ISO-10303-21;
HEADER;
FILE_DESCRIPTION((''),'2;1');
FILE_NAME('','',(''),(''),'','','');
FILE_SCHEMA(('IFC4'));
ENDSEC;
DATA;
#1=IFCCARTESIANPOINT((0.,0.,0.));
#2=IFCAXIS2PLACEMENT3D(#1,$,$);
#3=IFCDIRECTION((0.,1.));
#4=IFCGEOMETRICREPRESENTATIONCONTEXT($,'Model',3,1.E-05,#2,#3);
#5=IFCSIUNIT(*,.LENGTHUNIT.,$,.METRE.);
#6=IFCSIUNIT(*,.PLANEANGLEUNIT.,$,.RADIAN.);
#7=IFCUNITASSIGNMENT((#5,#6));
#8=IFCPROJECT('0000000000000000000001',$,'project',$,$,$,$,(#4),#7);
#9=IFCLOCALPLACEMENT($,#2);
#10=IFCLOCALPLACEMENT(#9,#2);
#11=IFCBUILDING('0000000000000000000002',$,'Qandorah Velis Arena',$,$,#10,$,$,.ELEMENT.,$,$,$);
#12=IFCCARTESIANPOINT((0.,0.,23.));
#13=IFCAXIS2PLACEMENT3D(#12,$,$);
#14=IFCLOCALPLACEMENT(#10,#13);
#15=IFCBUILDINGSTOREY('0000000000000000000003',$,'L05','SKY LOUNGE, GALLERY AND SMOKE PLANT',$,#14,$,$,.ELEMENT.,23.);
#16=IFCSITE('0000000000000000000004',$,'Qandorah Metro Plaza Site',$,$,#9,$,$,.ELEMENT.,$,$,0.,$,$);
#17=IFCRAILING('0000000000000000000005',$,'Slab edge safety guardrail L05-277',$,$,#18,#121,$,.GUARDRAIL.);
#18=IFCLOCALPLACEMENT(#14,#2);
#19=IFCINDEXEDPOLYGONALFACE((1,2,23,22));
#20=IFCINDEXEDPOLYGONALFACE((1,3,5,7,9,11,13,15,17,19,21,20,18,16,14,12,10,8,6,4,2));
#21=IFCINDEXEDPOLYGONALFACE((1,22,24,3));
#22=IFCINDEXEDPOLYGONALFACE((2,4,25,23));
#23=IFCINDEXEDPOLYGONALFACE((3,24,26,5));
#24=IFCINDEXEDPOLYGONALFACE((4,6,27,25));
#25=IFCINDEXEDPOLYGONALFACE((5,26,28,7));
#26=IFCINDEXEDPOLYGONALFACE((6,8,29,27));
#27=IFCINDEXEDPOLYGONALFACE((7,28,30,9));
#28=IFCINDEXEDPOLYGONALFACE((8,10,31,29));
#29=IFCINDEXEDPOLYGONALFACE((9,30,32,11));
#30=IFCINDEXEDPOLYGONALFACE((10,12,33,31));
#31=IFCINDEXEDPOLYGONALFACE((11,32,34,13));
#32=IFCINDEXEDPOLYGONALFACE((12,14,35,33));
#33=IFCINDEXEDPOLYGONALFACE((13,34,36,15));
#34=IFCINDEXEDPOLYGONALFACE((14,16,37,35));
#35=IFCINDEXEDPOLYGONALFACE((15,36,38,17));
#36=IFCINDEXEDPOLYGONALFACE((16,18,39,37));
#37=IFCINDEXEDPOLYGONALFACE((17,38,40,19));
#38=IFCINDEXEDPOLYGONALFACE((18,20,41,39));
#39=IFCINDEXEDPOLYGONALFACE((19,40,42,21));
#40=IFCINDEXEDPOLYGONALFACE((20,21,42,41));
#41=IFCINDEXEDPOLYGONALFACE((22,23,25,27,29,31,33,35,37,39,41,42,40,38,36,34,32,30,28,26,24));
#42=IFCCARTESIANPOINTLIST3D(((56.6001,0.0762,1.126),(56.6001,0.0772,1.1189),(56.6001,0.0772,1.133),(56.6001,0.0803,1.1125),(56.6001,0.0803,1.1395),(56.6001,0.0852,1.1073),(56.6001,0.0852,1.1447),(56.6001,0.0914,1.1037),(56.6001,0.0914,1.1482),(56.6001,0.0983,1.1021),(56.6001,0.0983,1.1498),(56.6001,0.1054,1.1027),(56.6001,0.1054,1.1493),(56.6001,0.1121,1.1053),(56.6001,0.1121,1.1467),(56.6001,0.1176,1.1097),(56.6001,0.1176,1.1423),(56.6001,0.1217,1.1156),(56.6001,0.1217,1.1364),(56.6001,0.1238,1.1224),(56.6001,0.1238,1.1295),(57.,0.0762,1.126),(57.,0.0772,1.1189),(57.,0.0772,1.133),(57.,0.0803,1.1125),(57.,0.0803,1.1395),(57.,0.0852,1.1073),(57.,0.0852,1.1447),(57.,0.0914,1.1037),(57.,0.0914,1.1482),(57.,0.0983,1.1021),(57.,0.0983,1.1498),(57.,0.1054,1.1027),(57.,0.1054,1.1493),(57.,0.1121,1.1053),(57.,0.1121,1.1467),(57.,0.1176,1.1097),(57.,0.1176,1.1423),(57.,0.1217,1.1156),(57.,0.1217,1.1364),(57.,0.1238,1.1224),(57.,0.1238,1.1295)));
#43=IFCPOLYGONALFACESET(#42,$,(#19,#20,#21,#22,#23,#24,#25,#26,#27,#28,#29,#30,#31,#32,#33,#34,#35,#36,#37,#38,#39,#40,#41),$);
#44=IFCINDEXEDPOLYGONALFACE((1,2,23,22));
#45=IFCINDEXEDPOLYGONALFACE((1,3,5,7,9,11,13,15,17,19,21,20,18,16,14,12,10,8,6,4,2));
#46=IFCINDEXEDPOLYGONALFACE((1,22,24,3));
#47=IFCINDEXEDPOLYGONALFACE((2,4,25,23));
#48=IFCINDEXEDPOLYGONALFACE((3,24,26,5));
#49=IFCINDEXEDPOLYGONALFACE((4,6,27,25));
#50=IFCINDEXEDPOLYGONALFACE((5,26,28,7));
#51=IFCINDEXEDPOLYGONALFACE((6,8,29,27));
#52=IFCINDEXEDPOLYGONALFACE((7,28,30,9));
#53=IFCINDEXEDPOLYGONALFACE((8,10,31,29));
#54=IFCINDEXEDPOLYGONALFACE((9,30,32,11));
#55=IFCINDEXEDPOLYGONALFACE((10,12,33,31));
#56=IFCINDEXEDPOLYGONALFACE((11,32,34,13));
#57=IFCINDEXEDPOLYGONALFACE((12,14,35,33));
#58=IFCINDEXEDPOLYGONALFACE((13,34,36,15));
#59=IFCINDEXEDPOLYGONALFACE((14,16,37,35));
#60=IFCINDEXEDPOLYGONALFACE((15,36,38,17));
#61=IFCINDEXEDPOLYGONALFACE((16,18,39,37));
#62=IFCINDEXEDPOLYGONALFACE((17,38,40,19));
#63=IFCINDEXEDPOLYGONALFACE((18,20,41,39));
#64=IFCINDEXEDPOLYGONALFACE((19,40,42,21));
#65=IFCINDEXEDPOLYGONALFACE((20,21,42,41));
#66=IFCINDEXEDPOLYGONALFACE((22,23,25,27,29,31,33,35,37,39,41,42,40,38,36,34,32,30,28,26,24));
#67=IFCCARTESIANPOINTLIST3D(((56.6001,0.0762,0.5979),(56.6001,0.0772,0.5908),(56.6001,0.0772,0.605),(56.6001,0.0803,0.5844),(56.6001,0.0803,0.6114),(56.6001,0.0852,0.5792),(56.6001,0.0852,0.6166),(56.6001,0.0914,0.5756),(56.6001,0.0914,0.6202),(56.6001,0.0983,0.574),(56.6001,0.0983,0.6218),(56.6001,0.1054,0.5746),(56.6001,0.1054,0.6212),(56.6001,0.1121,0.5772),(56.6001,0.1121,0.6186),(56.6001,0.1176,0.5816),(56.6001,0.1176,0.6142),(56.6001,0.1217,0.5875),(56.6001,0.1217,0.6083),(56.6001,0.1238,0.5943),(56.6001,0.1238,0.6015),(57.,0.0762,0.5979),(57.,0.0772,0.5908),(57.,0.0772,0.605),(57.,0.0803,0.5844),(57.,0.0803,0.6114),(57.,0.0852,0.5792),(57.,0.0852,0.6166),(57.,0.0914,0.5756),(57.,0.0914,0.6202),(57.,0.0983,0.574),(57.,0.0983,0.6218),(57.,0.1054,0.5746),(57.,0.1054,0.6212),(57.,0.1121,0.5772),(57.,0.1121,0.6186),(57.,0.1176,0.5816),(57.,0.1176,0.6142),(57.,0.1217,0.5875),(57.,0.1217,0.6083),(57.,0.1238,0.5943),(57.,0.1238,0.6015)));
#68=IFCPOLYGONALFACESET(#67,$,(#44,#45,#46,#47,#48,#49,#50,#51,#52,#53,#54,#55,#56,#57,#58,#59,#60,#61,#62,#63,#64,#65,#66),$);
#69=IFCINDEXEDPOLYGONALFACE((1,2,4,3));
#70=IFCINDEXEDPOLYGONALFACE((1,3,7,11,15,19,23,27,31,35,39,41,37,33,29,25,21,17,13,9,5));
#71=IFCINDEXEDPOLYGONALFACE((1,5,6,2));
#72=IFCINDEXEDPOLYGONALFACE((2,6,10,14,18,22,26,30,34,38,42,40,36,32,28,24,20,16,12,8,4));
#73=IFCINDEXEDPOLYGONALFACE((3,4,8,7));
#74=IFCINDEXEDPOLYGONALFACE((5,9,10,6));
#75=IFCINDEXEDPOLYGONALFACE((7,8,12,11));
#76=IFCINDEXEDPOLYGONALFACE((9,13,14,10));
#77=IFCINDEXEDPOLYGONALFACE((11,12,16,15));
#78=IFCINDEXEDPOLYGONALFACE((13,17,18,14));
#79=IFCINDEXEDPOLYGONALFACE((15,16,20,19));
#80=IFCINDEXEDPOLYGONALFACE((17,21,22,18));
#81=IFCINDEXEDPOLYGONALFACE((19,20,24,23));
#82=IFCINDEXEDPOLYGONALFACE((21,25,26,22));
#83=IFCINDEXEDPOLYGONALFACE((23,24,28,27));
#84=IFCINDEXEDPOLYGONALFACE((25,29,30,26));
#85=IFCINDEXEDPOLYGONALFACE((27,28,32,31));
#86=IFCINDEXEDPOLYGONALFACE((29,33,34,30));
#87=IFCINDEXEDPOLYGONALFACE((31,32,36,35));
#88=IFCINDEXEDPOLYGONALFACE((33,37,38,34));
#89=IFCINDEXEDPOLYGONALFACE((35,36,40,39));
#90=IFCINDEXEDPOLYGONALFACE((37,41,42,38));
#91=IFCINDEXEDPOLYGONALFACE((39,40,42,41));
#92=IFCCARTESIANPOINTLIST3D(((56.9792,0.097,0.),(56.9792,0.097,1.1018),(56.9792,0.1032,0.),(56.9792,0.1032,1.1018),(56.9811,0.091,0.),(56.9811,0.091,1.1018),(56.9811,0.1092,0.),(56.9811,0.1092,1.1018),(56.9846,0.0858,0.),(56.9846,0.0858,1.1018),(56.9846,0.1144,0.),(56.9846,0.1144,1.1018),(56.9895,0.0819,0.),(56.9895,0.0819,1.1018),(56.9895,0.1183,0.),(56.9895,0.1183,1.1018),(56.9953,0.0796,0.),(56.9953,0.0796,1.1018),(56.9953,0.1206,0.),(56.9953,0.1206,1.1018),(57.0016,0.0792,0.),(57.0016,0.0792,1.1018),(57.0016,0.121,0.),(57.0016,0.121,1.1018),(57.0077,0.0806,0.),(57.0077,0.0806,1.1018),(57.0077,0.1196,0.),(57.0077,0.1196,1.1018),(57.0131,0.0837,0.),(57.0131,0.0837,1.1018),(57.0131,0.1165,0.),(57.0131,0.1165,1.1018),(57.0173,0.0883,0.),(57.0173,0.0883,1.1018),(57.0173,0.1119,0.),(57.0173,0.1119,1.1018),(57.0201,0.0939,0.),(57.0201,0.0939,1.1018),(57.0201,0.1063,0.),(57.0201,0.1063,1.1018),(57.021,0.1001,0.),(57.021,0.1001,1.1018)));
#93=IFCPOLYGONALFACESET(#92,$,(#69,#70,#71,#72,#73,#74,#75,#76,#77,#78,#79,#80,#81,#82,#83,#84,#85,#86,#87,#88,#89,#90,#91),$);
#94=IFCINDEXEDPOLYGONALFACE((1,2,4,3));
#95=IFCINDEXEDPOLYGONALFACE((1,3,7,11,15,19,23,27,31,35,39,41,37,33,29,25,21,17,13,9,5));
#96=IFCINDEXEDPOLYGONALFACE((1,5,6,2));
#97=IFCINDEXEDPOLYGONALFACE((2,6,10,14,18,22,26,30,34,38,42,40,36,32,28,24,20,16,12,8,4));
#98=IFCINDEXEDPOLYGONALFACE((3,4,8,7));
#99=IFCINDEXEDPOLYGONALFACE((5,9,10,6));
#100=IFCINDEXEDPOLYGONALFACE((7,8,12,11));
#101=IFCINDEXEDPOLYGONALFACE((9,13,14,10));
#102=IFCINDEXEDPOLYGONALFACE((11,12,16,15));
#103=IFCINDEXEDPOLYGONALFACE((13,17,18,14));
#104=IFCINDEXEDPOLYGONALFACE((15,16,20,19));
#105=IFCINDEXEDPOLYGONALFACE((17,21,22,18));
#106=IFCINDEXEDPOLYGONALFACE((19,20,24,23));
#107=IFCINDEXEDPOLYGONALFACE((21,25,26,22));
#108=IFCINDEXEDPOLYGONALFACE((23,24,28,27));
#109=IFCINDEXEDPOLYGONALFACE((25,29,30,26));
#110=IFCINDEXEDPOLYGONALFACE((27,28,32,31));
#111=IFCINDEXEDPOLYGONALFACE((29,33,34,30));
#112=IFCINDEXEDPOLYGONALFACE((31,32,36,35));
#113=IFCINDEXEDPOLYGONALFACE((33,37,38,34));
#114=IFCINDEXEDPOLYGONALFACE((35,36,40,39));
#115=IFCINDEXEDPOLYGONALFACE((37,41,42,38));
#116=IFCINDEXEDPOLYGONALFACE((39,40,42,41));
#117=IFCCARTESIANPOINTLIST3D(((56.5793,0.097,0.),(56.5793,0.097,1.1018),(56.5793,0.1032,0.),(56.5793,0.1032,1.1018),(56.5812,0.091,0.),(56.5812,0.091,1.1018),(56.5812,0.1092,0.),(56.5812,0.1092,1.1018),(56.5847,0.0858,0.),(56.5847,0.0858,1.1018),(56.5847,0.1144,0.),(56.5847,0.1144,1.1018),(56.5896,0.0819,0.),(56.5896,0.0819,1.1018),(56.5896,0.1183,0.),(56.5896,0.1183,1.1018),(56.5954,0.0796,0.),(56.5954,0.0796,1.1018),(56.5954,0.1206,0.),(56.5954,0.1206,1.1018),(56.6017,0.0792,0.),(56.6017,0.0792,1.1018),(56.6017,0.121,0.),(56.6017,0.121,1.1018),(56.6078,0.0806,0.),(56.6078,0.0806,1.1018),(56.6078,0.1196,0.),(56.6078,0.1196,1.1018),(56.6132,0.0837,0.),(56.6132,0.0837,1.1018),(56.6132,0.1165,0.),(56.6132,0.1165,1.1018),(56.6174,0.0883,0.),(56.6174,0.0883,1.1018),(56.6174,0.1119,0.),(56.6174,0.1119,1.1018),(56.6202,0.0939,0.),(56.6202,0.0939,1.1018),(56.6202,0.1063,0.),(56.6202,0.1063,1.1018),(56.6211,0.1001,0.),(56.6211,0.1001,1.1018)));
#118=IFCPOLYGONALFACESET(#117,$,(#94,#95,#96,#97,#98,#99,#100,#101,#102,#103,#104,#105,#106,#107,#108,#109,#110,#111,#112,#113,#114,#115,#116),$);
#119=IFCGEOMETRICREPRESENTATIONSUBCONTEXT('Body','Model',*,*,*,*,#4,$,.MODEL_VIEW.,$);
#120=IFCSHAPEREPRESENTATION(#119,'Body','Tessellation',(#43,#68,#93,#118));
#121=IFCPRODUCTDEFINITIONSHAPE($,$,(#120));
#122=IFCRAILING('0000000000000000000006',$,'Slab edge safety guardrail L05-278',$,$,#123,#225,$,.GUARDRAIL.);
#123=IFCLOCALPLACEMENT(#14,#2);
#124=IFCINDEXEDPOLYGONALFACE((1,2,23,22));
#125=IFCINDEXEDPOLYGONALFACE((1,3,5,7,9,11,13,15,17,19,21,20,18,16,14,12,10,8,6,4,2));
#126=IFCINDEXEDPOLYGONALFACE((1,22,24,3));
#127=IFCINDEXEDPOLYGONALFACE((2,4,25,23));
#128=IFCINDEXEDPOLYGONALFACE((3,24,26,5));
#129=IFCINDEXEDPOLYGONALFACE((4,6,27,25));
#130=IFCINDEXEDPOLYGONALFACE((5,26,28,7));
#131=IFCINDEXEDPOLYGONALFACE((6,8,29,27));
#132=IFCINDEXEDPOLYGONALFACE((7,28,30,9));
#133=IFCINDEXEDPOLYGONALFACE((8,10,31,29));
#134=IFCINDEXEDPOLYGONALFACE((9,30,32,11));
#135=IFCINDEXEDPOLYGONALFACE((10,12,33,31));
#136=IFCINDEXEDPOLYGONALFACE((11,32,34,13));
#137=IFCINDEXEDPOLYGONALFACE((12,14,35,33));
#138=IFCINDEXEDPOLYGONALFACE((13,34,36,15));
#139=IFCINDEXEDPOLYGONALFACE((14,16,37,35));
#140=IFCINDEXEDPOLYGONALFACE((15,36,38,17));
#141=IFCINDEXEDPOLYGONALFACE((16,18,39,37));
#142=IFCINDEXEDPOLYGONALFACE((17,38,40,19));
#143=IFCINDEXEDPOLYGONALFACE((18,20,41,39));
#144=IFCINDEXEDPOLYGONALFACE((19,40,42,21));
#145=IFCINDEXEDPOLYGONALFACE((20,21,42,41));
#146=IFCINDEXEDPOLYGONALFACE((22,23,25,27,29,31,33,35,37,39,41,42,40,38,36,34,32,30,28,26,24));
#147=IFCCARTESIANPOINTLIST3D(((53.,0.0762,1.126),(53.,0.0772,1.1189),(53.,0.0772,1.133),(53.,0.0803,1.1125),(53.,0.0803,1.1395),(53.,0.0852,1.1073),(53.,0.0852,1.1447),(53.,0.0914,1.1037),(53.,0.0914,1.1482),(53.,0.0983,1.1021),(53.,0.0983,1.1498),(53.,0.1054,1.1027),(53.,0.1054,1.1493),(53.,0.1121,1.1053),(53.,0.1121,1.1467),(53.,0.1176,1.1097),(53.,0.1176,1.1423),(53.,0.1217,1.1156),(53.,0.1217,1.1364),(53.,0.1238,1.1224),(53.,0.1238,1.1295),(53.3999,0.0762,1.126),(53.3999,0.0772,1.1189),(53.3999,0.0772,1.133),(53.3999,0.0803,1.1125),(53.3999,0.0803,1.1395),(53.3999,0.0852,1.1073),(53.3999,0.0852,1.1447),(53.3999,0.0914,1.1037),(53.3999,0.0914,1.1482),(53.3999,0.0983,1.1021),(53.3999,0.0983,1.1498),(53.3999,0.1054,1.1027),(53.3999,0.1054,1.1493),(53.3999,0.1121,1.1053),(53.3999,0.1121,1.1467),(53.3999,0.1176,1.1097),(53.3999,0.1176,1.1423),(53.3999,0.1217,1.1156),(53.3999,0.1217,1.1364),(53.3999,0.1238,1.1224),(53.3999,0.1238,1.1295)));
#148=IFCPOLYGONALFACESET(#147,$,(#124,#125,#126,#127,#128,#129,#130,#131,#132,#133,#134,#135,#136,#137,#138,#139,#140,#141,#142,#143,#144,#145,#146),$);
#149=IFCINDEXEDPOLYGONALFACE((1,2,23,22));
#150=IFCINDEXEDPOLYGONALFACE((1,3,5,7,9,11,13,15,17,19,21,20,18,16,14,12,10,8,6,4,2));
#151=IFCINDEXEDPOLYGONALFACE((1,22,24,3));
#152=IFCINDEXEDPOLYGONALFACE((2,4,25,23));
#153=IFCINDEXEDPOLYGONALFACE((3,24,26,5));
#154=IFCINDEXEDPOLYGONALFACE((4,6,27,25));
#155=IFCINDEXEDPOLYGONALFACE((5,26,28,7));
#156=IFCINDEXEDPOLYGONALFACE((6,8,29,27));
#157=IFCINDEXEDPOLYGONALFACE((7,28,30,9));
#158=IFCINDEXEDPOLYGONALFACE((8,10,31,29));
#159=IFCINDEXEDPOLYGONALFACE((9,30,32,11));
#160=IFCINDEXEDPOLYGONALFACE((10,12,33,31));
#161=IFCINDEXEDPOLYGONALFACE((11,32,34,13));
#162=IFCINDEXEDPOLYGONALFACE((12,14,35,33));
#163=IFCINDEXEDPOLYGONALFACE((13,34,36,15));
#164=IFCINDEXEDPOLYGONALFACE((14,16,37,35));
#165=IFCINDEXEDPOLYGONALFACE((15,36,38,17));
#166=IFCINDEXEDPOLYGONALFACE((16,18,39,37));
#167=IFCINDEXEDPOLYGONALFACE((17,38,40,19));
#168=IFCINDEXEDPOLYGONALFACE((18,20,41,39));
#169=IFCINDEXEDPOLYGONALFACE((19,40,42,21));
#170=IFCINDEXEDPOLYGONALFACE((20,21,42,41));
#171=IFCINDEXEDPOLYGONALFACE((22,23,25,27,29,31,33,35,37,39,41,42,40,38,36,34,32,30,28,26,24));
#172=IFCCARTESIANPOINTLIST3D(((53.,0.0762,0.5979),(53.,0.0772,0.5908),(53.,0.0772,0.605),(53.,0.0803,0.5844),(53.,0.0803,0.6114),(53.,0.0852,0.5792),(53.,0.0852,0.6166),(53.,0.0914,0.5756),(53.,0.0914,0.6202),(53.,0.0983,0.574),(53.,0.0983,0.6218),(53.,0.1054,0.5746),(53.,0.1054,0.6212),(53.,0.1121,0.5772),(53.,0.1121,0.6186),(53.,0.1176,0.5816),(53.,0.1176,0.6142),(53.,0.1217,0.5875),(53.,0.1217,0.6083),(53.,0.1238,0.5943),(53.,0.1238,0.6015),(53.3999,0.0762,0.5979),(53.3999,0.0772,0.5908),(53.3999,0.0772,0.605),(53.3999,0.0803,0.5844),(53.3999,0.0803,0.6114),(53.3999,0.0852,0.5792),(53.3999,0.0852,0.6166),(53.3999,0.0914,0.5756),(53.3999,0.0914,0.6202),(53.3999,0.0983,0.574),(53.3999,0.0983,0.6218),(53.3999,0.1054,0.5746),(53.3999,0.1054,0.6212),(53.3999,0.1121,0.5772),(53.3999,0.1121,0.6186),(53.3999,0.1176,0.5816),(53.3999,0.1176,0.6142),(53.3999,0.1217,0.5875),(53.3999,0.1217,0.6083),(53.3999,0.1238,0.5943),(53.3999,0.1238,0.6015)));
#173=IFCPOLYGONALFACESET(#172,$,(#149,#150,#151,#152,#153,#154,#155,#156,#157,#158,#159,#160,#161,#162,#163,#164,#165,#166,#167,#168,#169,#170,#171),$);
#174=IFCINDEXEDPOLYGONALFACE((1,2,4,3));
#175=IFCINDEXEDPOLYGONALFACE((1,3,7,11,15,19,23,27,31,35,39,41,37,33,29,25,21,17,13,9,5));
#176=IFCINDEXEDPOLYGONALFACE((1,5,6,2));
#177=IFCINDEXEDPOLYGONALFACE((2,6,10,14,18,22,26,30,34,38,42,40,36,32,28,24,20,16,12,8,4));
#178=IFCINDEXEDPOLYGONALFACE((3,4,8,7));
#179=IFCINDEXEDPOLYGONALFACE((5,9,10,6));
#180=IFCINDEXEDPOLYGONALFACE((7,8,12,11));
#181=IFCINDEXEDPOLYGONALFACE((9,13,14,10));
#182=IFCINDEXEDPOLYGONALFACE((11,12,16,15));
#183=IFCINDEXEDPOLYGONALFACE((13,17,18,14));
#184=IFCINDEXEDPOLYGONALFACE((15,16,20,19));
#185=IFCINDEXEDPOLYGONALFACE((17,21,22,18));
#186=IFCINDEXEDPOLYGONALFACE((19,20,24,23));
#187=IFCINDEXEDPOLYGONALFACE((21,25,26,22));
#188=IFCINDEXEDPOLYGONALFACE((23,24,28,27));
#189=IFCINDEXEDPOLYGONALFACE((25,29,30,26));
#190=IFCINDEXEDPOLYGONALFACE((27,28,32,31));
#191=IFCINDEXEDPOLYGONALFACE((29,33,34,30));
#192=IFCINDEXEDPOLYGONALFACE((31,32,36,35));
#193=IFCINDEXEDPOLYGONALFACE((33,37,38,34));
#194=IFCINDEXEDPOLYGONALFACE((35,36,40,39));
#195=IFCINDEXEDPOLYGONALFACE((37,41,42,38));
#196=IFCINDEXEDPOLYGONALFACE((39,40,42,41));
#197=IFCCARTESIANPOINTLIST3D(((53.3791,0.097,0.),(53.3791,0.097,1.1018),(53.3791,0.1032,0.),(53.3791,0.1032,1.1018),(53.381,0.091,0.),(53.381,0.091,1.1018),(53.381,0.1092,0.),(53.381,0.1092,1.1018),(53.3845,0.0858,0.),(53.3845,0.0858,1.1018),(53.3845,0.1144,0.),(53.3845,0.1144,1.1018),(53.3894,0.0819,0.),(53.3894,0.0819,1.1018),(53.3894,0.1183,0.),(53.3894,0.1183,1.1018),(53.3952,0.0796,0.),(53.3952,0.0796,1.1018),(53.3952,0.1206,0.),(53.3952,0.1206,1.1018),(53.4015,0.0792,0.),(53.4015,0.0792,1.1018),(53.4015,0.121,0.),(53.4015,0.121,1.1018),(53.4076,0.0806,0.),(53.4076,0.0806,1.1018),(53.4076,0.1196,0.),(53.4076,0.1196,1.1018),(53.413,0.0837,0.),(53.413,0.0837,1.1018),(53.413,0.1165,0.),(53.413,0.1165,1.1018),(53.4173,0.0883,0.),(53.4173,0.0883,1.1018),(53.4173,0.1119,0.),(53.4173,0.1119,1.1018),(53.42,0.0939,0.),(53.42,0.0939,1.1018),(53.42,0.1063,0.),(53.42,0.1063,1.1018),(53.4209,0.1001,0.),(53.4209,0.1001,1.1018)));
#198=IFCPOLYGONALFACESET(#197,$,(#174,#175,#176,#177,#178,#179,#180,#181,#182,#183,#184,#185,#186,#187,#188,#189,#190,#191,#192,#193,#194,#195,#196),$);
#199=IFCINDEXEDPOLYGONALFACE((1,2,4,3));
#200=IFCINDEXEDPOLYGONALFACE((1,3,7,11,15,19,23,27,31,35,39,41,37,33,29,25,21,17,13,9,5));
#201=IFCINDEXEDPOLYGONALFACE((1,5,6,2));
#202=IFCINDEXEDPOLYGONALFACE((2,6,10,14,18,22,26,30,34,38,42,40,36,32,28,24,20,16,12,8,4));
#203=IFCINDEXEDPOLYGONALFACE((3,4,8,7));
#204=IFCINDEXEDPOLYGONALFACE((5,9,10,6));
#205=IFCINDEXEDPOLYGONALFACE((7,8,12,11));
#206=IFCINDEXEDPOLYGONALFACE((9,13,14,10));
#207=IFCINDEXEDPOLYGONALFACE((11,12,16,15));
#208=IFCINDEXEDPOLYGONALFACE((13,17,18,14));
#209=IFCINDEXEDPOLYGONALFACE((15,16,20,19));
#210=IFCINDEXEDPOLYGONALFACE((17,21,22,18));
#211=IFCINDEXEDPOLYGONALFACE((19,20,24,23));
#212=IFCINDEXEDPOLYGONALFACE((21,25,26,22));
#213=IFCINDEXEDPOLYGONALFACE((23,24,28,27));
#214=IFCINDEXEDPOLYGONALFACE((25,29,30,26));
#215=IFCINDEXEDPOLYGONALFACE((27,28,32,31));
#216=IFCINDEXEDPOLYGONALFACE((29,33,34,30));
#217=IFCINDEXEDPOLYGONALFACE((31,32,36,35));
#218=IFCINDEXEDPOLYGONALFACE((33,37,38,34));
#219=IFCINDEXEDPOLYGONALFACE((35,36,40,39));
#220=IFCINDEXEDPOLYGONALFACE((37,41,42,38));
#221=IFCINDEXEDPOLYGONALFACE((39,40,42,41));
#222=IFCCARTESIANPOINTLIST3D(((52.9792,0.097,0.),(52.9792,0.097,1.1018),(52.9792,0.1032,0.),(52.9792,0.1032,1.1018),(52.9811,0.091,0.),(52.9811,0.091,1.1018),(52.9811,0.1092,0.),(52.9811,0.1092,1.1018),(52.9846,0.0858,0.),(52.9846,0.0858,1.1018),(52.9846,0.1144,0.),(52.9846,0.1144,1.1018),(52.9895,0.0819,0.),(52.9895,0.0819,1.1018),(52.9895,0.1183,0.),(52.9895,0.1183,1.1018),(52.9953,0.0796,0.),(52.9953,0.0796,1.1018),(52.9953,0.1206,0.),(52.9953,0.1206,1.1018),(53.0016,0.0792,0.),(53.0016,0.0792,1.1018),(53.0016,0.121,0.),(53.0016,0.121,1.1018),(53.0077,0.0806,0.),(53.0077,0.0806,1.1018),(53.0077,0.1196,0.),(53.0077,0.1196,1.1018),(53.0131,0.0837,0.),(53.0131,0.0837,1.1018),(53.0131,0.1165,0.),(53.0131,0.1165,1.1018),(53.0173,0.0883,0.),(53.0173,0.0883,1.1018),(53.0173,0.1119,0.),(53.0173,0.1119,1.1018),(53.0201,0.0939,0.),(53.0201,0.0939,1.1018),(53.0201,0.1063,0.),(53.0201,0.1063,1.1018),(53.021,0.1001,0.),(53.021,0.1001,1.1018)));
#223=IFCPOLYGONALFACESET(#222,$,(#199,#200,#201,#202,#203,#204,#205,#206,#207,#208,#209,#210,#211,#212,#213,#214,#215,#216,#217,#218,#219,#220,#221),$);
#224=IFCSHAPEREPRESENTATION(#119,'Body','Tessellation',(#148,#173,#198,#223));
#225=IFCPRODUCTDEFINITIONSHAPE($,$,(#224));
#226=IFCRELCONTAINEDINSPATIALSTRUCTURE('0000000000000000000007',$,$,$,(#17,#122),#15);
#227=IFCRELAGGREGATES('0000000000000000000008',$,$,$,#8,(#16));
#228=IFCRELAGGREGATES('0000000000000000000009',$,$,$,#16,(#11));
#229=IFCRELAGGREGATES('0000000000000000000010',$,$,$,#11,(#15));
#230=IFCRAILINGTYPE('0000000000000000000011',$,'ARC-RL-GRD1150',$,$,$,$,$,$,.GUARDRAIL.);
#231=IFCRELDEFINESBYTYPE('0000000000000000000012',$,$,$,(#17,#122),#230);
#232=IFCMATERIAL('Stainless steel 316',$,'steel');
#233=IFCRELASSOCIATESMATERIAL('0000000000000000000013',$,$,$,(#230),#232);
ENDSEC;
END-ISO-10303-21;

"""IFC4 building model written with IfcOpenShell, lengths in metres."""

from ifc_helpers import new_model, si_unit, direction, frame, origin, origin_2d, place, context, subcontext, project, spatial, circle, extrude, material, type_object, element, save


model = new_model("IFC4")

# Units and contexts
model_context = context("Model", 3, precision=1e-05, world=origin(), true_north=direction((0.0, 1.0)))
body_context = subcontext(model_context, "Body", "Model", "MODEL_VIEW")
ifc_project = project(units=[si_unit("LENGTHUNIT", "METRE"), si_unit("PLANEANGLEUNIT", "RADIAN")], contexts=[model_context])

# Site, building, storey
site_placement = place(None, origin())
site = spatial("IfcSite", under=ifc_project, at=site_placement, Name="Qandorah Metro Plaza Site", CompositionType="ELEMENT", RefElevation=0.0)
building_placement = place(site_placement, origin())
building = spatial("IfcBuilding", under=site, at=building_placement, Name="Qandorah Velis Arena", CompositionType="ELEMENT")
storey_placement = place(building_placement, frame((0.0, 0.0, 23.0)))
storey = spatial("IfcBuildingStorey", under=building, at=storey_placement, Name="L05", Description="SKY LOUNGE, GALLERY AND SMOKE PLANT", CompositionType="ELEMENT", Elevation=23.0)

# Railings
ifc_material_1 = material(Name="Stainless steel 316", Category="steel")
railing_type = type_object("IfcRailingType", Name="ARC-RL-GRD1150", PredefinedType="GUARDRAIL", material=ifc_material_1)
for number, where, name in (
    (1, (57.0, 0.1001, 0.0), "Slab edge safety guardrail L05-277"),
    (2, (53.3999, 0.1001, 0.0), "Slab edge safety guardrail L05-278"),
):
    element("IfcRailing", number, at=place(storey_placement, frame(where)), inside=storey, type_object=railing_type, Name=name, PredefinedType="GUARDRAIL", context=body_context, shape_type="SweptSolid", body=[
        extrude(circle(Radius=0.0239, at=origin_2d()), frame((0.0, 0.0, 1.126), z_axis=(-1.0, 0.0, 0.0), x_axis=(0.0, -1.0, 0.0)), (0.0, 0.0, 1.0), 0.3999),
        extrude(circle(Radius=0.0239, at=origin_2d()), frame((0.0, 0.0, 0.5979), z_axis=(-1.0, 0.0, 0.0), x_axis=(0.0, -1.0, 0.0)), (0.0, 0.0, 1.0), 0.3999),
        extrude(circle(Radius=0.021, at=origin_2d()), origin(), (0.0, 0.0, 1.0), 1.1018),
        extrude(circle(Radius=0.021, at=origin_2d()), frame((-0.3999, 0.0, 0.0)), (0.0, 0.0, 1.0), 1.1018),
    ])

save(model, "model.ifc")
